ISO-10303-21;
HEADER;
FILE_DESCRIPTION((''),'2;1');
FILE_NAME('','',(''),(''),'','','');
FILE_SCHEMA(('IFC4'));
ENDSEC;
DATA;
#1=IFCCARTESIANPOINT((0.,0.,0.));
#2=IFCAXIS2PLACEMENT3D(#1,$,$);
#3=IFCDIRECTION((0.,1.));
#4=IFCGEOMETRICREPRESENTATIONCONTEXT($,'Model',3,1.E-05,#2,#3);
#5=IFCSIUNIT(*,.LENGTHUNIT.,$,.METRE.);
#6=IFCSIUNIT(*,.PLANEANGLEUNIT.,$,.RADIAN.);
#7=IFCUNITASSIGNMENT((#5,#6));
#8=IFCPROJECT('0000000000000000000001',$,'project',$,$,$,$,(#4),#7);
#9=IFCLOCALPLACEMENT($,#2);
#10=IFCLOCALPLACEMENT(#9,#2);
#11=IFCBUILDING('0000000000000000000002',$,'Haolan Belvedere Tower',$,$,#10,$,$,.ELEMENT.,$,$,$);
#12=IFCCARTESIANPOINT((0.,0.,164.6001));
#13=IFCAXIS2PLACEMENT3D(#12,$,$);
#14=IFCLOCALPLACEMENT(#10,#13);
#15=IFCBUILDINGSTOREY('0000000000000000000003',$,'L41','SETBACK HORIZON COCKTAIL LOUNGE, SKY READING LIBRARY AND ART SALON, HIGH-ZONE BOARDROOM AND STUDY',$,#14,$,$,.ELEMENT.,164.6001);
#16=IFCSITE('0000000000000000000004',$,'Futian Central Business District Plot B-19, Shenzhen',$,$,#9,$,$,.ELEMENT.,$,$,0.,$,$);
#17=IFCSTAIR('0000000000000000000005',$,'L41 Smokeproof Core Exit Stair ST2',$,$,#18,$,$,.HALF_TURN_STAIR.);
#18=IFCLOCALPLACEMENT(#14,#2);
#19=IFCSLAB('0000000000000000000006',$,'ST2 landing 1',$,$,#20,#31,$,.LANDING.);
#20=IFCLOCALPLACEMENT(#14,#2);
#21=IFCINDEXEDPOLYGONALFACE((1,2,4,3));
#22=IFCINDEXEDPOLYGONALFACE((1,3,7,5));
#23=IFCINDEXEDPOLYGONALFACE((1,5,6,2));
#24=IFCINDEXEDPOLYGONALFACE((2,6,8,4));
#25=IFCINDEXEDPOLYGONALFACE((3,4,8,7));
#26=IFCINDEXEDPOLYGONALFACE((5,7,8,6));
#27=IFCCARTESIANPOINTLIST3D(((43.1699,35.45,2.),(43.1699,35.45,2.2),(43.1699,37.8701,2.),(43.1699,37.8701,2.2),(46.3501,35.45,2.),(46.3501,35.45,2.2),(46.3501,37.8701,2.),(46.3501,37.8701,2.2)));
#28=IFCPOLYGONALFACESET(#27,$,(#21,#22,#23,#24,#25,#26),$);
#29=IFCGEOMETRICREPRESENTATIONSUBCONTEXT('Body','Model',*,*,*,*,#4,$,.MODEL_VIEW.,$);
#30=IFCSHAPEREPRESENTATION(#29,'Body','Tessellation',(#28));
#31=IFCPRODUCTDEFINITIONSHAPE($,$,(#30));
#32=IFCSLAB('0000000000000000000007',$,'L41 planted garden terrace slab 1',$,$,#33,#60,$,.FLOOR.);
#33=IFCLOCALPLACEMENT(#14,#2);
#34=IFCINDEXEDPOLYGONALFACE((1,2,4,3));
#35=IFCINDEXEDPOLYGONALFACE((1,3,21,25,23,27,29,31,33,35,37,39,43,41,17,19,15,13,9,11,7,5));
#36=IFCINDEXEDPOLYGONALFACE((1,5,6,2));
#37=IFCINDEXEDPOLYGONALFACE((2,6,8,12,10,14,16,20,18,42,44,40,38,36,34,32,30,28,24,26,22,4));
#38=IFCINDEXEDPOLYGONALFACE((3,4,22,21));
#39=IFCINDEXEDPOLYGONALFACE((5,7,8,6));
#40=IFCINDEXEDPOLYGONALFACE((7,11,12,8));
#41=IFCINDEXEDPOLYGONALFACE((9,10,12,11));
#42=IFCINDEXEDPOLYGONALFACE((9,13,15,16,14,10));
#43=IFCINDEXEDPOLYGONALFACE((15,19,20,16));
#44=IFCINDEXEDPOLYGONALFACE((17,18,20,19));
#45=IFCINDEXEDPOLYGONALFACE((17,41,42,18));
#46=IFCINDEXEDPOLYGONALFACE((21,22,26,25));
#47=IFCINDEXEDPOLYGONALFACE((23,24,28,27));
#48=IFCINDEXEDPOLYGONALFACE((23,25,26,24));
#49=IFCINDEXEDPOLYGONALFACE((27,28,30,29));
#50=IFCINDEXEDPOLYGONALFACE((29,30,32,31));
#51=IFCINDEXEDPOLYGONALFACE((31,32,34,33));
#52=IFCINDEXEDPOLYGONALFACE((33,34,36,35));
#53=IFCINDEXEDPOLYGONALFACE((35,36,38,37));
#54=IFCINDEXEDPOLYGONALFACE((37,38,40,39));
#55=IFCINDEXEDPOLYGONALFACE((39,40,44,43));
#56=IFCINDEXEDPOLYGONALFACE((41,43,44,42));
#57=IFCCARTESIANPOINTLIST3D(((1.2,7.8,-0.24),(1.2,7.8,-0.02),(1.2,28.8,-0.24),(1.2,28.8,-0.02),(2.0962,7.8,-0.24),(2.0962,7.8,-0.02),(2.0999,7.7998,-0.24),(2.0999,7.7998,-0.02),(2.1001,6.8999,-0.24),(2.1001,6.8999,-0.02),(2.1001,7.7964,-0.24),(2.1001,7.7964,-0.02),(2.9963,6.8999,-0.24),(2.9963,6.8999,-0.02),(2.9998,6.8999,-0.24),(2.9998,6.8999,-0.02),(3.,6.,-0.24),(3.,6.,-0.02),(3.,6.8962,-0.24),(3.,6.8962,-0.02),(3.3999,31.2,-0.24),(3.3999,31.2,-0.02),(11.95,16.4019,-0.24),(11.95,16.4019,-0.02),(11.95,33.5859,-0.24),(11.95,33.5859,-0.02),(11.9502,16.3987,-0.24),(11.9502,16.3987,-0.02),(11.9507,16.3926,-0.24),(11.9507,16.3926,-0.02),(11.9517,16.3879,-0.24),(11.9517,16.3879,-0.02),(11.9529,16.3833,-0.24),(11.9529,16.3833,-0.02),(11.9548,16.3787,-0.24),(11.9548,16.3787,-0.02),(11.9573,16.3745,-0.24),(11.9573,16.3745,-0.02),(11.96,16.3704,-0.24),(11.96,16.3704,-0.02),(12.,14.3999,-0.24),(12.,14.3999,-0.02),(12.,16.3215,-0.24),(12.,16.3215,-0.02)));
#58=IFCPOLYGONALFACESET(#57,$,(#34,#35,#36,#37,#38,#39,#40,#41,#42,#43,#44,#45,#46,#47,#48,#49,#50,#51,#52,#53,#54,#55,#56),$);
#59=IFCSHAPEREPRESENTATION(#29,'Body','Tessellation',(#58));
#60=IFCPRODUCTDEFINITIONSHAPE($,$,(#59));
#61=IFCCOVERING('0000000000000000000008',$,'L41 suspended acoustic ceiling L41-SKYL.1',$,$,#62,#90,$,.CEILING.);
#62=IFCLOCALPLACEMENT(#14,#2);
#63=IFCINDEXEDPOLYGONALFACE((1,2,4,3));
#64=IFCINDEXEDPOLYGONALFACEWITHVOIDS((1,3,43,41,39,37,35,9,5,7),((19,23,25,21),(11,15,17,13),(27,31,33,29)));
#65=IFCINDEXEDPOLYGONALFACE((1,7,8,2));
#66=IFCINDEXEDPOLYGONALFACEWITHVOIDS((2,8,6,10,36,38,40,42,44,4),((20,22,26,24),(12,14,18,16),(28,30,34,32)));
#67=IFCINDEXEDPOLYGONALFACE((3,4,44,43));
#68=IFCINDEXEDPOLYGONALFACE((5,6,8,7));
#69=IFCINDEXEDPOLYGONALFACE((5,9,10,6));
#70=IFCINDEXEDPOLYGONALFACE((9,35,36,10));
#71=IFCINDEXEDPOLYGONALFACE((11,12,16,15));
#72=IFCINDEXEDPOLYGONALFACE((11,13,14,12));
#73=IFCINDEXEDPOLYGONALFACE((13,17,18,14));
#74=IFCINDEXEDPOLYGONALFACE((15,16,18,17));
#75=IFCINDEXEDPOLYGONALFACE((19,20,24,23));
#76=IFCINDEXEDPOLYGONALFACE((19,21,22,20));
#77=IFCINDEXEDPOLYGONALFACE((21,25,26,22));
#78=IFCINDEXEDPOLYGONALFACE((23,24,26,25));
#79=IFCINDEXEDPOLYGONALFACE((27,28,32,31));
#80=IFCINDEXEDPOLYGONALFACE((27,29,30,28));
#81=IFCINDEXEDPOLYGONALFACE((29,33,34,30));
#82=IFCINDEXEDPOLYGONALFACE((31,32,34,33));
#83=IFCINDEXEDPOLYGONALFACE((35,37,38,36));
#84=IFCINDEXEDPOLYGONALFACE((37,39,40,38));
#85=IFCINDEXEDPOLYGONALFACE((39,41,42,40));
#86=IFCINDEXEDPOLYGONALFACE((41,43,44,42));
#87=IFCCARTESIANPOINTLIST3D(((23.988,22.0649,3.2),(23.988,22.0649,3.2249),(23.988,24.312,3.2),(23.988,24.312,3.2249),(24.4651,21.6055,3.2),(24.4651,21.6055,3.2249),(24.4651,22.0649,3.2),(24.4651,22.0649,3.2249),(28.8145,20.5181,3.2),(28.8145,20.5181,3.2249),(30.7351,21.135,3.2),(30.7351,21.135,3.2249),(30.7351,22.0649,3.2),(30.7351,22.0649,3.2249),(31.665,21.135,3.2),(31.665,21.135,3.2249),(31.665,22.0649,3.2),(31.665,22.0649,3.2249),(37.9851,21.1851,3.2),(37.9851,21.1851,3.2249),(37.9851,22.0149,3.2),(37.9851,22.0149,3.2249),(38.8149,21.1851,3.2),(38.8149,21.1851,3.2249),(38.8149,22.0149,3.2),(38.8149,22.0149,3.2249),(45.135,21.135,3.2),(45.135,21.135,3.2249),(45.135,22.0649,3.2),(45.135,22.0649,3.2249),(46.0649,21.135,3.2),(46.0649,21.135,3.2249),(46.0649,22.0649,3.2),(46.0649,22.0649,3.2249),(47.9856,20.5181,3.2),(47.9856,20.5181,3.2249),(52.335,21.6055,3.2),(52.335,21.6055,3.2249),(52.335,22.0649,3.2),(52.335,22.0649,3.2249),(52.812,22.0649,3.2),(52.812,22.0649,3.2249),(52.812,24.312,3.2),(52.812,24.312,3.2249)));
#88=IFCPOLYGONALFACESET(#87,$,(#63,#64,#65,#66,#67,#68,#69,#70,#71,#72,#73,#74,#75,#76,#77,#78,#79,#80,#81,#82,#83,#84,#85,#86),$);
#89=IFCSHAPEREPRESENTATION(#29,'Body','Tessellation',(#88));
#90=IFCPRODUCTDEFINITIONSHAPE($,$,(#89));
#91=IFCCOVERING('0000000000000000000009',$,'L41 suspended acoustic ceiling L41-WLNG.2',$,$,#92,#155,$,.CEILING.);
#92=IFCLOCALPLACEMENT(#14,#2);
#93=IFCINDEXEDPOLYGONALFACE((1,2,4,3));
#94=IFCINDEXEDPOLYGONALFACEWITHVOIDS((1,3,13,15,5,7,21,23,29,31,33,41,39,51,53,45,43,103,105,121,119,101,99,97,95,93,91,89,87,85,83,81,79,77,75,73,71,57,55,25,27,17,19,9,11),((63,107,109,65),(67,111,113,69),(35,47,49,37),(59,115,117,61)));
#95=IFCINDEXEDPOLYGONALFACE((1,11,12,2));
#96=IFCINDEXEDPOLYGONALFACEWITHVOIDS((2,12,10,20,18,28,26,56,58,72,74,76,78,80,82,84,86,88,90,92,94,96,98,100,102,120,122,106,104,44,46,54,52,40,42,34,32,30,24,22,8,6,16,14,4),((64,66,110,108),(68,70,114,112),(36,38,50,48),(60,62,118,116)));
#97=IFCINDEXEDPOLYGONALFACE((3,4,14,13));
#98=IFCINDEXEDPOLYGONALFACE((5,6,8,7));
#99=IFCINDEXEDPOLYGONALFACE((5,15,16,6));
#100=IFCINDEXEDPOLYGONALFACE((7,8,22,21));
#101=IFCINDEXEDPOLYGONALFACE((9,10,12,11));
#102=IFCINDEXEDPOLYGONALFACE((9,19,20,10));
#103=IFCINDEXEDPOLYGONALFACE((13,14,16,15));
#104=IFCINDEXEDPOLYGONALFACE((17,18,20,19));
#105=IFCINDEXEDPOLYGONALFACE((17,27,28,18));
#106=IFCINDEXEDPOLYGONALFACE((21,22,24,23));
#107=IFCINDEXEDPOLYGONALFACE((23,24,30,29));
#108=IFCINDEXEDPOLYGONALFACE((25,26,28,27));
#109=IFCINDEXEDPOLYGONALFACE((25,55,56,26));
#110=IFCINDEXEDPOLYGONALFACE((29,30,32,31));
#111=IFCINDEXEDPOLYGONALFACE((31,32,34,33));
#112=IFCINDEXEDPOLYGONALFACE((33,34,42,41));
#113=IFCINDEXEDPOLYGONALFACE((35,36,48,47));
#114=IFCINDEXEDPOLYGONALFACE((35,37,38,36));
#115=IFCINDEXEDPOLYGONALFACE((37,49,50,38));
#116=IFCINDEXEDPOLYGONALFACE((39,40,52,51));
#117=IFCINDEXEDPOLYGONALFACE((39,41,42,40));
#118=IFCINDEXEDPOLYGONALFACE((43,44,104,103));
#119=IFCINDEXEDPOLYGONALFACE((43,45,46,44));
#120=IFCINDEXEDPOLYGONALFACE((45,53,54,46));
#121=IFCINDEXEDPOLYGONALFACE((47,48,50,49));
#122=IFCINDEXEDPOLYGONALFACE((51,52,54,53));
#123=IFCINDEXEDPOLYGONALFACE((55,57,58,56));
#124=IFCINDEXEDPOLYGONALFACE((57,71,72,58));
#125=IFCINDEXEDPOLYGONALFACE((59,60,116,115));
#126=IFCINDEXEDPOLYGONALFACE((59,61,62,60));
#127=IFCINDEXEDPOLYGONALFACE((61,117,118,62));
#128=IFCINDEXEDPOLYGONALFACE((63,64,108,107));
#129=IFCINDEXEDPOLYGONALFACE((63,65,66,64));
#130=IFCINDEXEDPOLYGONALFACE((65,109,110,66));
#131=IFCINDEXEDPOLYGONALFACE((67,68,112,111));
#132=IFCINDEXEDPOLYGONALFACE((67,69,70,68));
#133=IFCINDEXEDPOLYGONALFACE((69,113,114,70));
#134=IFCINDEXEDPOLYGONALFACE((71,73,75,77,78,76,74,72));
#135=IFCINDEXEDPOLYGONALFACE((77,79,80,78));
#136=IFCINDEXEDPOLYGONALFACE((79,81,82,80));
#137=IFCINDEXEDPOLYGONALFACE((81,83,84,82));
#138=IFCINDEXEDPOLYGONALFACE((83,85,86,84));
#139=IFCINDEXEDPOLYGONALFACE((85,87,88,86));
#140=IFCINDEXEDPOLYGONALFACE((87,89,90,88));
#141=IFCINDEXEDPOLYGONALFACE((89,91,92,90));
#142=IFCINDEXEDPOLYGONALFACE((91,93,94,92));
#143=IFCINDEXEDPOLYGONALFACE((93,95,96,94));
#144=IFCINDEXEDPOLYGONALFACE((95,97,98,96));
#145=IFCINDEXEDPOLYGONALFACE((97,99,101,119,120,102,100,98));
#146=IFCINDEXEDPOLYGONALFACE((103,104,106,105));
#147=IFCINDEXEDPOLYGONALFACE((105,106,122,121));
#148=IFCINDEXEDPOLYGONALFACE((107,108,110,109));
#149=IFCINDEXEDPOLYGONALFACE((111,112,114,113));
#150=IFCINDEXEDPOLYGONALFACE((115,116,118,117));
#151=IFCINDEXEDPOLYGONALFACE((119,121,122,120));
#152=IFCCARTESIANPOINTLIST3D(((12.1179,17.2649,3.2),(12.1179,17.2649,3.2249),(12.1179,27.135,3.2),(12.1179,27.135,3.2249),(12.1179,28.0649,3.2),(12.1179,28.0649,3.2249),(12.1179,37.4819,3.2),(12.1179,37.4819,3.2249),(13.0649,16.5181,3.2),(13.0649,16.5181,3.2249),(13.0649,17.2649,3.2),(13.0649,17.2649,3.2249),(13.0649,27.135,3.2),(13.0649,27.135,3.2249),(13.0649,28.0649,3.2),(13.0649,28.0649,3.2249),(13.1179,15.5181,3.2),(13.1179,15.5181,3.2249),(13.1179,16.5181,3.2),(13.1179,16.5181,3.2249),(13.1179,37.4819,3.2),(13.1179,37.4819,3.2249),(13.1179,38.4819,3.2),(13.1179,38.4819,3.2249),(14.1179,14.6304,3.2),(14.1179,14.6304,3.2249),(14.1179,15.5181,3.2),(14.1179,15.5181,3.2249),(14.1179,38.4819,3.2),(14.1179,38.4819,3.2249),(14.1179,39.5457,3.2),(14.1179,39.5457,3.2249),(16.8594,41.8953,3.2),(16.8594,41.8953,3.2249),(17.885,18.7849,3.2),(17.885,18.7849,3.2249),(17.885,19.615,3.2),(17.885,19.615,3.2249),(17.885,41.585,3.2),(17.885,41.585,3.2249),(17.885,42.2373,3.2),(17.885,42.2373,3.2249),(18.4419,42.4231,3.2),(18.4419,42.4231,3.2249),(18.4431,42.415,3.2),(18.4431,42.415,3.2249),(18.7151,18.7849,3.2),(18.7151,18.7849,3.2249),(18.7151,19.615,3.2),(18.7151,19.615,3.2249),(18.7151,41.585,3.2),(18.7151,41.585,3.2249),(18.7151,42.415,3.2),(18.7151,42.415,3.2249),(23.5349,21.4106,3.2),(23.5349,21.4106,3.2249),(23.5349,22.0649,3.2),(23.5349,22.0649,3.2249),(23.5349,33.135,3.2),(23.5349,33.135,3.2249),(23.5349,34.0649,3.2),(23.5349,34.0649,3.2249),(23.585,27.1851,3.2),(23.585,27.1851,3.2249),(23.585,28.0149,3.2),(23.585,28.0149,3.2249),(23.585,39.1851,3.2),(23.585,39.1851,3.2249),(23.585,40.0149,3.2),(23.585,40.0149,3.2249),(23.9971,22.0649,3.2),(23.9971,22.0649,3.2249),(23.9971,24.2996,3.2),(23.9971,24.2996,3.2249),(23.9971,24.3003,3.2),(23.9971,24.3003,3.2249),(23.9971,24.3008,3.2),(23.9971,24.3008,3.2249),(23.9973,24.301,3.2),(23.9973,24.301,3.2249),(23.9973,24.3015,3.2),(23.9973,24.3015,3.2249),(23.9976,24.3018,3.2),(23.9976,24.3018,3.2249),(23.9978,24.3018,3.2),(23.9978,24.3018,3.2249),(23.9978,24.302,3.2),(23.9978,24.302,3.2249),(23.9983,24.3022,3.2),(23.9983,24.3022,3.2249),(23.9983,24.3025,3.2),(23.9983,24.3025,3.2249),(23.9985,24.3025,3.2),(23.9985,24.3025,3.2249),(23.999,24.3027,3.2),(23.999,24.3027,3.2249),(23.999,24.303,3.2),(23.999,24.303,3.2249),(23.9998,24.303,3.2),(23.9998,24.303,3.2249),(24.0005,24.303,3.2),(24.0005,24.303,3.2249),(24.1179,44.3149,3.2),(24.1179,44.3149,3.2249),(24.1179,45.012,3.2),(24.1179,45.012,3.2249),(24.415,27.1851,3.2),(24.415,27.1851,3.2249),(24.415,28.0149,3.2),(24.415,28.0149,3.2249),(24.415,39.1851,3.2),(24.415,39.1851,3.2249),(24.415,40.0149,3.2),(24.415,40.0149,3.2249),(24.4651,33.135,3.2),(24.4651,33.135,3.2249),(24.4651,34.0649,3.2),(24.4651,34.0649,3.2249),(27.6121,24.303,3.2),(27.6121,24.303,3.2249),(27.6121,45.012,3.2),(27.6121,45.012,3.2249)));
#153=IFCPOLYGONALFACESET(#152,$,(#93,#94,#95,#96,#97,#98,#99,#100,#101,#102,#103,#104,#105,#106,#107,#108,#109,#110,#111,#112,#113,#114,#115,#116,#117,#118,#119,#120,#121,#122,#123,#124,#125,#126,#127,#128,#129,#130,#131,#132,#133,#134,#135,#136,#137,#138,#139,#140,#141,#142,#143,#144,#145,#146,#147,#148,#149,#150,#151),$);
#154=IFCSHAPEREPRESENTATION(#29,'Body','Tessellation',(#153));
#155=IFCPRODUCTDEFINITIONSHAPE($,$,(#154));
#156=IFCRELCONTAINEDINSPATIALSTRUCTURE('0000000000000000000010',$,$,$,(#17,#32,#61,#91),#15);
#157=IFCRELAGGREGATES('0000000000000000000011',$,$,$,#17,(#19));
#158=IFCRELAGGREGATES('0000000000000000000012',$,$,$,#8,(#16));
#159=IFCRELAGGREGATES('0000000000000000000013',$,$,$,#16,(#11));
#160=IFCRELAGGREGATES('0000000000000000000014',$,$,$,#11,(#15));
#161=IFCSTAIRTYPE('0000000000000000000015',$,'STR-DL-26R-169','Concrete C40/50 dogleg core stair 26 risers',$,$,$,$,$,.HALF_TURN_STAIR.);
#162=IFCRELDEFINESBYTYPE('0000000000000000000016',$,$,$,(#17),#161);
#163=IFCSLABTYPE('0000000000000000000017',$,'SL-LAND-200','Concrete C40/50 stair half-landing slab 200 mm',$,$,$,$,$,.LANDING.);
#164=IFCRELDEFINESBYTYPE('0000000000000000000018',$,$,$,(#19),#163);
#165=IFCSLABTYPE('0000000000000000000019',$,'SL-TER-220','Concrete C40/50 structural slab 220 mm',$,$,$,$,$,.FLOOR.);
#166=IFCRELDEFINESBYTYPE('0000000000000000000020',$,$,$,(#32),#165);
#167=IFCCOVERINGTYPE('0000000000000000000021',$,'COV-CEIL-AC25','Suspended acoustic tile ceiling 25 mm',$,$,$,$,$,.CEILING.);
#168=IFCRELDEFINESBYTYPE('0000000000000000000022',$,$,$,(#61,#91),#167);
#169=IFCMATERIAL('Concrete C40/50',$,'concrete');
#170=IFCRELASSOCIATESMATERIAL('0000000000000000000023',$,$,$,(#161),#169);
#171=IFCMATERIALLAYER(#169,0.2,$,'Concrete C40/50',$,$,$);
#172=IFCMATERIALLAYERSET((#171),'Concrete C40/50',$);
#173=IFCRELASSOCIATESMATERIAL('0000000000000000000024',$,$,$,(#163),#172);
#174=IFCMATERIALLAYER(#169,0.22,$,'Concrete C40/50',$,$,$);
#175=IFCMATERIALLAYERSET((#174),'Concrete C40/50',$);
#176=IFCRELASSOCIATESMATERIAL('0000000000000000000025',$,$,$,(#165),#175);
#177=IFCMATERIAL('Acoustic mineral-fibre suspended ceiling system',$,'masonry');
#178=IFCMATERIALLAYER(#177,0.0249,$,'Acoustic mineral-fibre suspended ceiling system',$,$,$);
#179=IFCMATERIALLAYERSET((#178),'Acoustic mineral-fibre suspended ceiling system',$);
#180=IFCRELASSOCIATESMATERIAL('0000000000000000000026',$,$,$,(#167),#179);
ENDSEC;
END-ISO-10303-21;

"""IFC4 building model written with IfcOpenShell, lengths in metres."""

from ifc_helpers import new_model, si_unit, direction, frame, origin, place, context, subcontext, project, spatial, polyline, outline, extrude, material, layer, layer_set, type_object, element, aggregate, save


model = new_model("IFC4")

# Units and contexts
model_context = context("Model", 3, precision=1e-05, world=origin(), true_north=direction((0.0, 1.0)))
body_context = subcontext(model_context, "Body", "Model", "MODEL_VIEW")
ifc_project = project(units=[si_unit("LENGTHUNIT", "METRE"), si_unit("PLANEANGLEUNIT", "RADIAN")], contexts=[model_context])

# Site, building, storey
site_placement = place(None, origin())
site = spatial("IfcSite", under=ifc_project, at=site_placement, Name="Futian Central Business District Plot B-19, Shenzhen", CompositionType="ELEMENT", RefElevation=0.0)
building_placement = place(site_placement, origin())
building = spatial("IfcBuilding", under=site, at=building_placement, Name="Haolan Belvedere Tower", CompositionType="ELEMENT")
storey_placement = place(building_placement, frame((0.0, 0.0, 164.6001)))
storey = spatial("IfcBuildingStorey", under=building, at=storey_placement, Name="L41", Description="SETBACK HORIZON COCKTAIL LOUNGE, SKY READING LIBRARY AND ART SALON, HIGH-ZONE BOARDROOM AND STUDY", CompositionType="ELEMENT", Elevation=164.6001)

# Shared definitions
ifc_material_1 = material(Name="Concrete C40/50", Category="concrete")

# Stair, slab
stair_type = type_object("IfcStairType", Name="STR-DL-26R-169", Description="Concrete C40/50 dogleg core stair 26 risers", PredefinedType="HALF_TURN_STAIR", material=ifc_material_1)
ifc_layer_1 = layer(ifc_material_1, 0.2, Name="Concrete C40/50")
ifc_layer_set_1 = layer_set([ifc_layer_1], Name="Concrete C40/50")
slab_type_1 = type_object("IfcSlabType", Name="SL-LAND-200", Description="Concrete C40/50 stair half-landing slab 200 mm", PredefinedType="LANDING", material=ifc_layer_set_1)
stair_1_placement = place(storey_placement, origin())
stair_1 = element("IfcStair", 1, at=stair_1_placement, inside=storey, type_object=stair_type, Name="L41 Smokeproof Core Exit Stair ST2", PredefinedType="HALF_TURN_STAIR")
slab_1_placement = place(storey_placement, frame((0.0, 0.0, 2.0)))
slab_1 = element("IfcSlab", 2, at=slab_1_placement, type_object=slab_type_1, Name="ST2 landing 1", PredefinedType="LANDING", context=body_context, shape_type="SweptSolid", body=[
    extrude(outline(polyline([(43.1699, 37.8701), (43.1699, 35.45), (46.3501, 35.45), (46.3501, 37.8701), (43.1699, 37.8701)])), origin(), (0.0, 0.0, 1.0), 0.2),
])
aggregate(stair_1, [slab_1])

# Slab
ifc_layer_2 = layer(ifc_material_1, 0.22, Name="Concrete C40/50")
ifc_layer_set_2 = layer_set([ifc_layer_2], Name="Concrete C40/50")
slab_type_2 = type_object("IfcSlabType", Name="SL-TER-220", Description="Concrete C40/50 structural slab 220 mm", PredefinedType="FLOOR", material=ifc_layer_set_2)
slab_2_placement = place(storey_placement, frame((0.0, 0.0, -0.24)))
element("IfcSlab", 3, at=slab_2_placement, inside=storey, type_object=slab_type_2, Name="L41 planted garden terrace slab 1", PredefinedType="FLOOR", context=body_context, shape_type="SweptSolid", body=[
    extrude(outline(polyline([(2.1001, 7.7964), (2.1001, 6.8999), (2.9963, 6.8999), (2.9998, 6.8999), (3.0, 6.8962), (3.0, 6.0), (12.0, 14.3999), (12.0, 16.3215), (11.96, 16.3704), (11.9573, 16.3745), (11.9548, 16.3787), (11.9529, 16.3833), (11.9517, 16.3879), (11.9507, 16.3926), (11.9502, 16.3987), (11.95, 16.4019), (11.95, 33.5859), (3.3999, 31.2), (1.2, 28.8), (1.2, 7.8), (2.0962, 7.8), (2.0999, 7.7998), (2.1001, 7.7964)])), origin(), (0.0, 0.0, 1.0), 0.22),
])

# Coverings
ifc_material_2 = material(Name="Acoustic mineral-fibre suspended ceiling system", Category="masonry")
ifc_layer_3 = layer(ifc_material_2, 0.0249, Name="Acoustic mineral-fibre suspended ceiling system")
ifc_layer_set_3 = layer_set([ifc_layer_3], Name="Acoustic mineral-fibre suspended ceiling system")
covering_type_1 = type_object("IfcCoveringType", Name="COV-CEIL-AC25", Description="Suspended acoustic tile ceiling 25 mm", PredefinedType="CEILING", material=ifc_layer_set_3)
covering_1_placement = place(storey_placement, frame((0.0, 0.0, 3.2)))
element("IfcCovering", 4, at=covering_1_placement, inside=storey, type_object=covering_type_1, Name="L41 suspended acoustic ceiling L41-SKYL.1", PredefinedType="CEILING", context=body_context, shape_type="SweptSolid", body=[
    extrude(outline(polyline([(47.9856, 20.5181), (52.335, 21.6055), (52.335, 22.0649), (52.812, 22.0649), (52.812, 24.312), (23.988, 24.312), (23.988, 22.0649), (24.4651, 22.0649), (24.4651, 21.6055), (28.8145, 20.5181), (47.9856, 20.5181)]), holes=[polyline([(45.135, 21.135), (45.135, 22.0649), (46.0649, 22.0649), (46.0649, 21.135), (45.135, 21.135)]), polyline([(37.9851, 21.1851), (37.9851, 22.0149), (38.8149, 22.0149), (38.8149, 21.1851), (37.9851, 21.1851)]), polyline([(31.665, 21.135), (30.7351, 21.135), (30.7351, 22.0649), (31.665, 22.0649), (31.665, 21.135)])]), origin(), (0.0, 0.0, 1.0), 0.0249),
])
covering_2_placement = place(storey_placement, frame((0.0, 0.0, 3.2)))
element("IfcCovering", 5, at=covering_2_placement, inside=storey, type_object=covering_type_1, Name="L41 suspended acoustic ceiling L41-WLNG.2", PredefinedType="CEILING", context=body_context, shape_type="SweptSolid", body=[
    extrude(outline(polyline([(13.0649, 17.2649), (13.0649, 16.5181), (13.1179, 16.5181), (13.1179, 15.5181), (14.1179, 15.5181), (14.1179, 14.6304), (23.5349, 21.4106), (23.5349, 22.0649), (23.9971, 22.0649), (23.9971, 24.2996), (23.9971, 24.3003), (23.9971, 24.3008), (23.9973, 24.301), (23.9973, 24.3015), (23.9976, 24.3018), (23.9978, 24.3018), (23.9978, 24.302), (23.9983, 24.3022), (23.9983, 24.3025), (23.9985, 24.3025), (23.999, 24.3027), (23.999, 24.303), (23.9998, 24.303), (24.0005, 24.303), (27.6121, 24.303), (27.6121, 45.012), (24.1179, 45.012), (24.1179, 44.3149), (18.4419, 42.4231), (18.4431, 42.415), (18.7151, 42.415), (18.7151, 41.585), (17.885, 41.585), (17.885, 42.2373), (16.8594, 41.8953), (14.1179, 39.5457), (14.1179, 38.4819), (13.1179, 38.4819), (13.1179, 37.4819), (12.1179, 37.4819), (12.1179, 28.0649), (13.0649, 28.0649), (13.0649, 27.135), (12.1179, 27.135), (12.1179, 17.2649), (13.0649, 17.2649)]), holes=[polyline([(23.5349, 33.135), (23.5349, 34.0649), (24.4651, 34.0649), (24.4651, 33.135), (23.5349, 33.135)]), polyline([(24.415, 27.1851), (23.585, 27.1851), (23.585, 28.0149), (24.415, 28.0149), (24.415, 27.1851)]), polyline([(23.585, 39.1851), (23.585, 40.0149), (24.415, 40.0149), (24.415, 39.1851), (23.585, 39.1851)]), polyline([(17.885, 18.7849), (17.885, 19.615), (18.7151, 19.615), (18.7151, 18.7849), (17.885, 18.7849)])]), origin(), (0.0, 0.0, 1.0), 0.0249),
])

save(model, "model.ifc")
